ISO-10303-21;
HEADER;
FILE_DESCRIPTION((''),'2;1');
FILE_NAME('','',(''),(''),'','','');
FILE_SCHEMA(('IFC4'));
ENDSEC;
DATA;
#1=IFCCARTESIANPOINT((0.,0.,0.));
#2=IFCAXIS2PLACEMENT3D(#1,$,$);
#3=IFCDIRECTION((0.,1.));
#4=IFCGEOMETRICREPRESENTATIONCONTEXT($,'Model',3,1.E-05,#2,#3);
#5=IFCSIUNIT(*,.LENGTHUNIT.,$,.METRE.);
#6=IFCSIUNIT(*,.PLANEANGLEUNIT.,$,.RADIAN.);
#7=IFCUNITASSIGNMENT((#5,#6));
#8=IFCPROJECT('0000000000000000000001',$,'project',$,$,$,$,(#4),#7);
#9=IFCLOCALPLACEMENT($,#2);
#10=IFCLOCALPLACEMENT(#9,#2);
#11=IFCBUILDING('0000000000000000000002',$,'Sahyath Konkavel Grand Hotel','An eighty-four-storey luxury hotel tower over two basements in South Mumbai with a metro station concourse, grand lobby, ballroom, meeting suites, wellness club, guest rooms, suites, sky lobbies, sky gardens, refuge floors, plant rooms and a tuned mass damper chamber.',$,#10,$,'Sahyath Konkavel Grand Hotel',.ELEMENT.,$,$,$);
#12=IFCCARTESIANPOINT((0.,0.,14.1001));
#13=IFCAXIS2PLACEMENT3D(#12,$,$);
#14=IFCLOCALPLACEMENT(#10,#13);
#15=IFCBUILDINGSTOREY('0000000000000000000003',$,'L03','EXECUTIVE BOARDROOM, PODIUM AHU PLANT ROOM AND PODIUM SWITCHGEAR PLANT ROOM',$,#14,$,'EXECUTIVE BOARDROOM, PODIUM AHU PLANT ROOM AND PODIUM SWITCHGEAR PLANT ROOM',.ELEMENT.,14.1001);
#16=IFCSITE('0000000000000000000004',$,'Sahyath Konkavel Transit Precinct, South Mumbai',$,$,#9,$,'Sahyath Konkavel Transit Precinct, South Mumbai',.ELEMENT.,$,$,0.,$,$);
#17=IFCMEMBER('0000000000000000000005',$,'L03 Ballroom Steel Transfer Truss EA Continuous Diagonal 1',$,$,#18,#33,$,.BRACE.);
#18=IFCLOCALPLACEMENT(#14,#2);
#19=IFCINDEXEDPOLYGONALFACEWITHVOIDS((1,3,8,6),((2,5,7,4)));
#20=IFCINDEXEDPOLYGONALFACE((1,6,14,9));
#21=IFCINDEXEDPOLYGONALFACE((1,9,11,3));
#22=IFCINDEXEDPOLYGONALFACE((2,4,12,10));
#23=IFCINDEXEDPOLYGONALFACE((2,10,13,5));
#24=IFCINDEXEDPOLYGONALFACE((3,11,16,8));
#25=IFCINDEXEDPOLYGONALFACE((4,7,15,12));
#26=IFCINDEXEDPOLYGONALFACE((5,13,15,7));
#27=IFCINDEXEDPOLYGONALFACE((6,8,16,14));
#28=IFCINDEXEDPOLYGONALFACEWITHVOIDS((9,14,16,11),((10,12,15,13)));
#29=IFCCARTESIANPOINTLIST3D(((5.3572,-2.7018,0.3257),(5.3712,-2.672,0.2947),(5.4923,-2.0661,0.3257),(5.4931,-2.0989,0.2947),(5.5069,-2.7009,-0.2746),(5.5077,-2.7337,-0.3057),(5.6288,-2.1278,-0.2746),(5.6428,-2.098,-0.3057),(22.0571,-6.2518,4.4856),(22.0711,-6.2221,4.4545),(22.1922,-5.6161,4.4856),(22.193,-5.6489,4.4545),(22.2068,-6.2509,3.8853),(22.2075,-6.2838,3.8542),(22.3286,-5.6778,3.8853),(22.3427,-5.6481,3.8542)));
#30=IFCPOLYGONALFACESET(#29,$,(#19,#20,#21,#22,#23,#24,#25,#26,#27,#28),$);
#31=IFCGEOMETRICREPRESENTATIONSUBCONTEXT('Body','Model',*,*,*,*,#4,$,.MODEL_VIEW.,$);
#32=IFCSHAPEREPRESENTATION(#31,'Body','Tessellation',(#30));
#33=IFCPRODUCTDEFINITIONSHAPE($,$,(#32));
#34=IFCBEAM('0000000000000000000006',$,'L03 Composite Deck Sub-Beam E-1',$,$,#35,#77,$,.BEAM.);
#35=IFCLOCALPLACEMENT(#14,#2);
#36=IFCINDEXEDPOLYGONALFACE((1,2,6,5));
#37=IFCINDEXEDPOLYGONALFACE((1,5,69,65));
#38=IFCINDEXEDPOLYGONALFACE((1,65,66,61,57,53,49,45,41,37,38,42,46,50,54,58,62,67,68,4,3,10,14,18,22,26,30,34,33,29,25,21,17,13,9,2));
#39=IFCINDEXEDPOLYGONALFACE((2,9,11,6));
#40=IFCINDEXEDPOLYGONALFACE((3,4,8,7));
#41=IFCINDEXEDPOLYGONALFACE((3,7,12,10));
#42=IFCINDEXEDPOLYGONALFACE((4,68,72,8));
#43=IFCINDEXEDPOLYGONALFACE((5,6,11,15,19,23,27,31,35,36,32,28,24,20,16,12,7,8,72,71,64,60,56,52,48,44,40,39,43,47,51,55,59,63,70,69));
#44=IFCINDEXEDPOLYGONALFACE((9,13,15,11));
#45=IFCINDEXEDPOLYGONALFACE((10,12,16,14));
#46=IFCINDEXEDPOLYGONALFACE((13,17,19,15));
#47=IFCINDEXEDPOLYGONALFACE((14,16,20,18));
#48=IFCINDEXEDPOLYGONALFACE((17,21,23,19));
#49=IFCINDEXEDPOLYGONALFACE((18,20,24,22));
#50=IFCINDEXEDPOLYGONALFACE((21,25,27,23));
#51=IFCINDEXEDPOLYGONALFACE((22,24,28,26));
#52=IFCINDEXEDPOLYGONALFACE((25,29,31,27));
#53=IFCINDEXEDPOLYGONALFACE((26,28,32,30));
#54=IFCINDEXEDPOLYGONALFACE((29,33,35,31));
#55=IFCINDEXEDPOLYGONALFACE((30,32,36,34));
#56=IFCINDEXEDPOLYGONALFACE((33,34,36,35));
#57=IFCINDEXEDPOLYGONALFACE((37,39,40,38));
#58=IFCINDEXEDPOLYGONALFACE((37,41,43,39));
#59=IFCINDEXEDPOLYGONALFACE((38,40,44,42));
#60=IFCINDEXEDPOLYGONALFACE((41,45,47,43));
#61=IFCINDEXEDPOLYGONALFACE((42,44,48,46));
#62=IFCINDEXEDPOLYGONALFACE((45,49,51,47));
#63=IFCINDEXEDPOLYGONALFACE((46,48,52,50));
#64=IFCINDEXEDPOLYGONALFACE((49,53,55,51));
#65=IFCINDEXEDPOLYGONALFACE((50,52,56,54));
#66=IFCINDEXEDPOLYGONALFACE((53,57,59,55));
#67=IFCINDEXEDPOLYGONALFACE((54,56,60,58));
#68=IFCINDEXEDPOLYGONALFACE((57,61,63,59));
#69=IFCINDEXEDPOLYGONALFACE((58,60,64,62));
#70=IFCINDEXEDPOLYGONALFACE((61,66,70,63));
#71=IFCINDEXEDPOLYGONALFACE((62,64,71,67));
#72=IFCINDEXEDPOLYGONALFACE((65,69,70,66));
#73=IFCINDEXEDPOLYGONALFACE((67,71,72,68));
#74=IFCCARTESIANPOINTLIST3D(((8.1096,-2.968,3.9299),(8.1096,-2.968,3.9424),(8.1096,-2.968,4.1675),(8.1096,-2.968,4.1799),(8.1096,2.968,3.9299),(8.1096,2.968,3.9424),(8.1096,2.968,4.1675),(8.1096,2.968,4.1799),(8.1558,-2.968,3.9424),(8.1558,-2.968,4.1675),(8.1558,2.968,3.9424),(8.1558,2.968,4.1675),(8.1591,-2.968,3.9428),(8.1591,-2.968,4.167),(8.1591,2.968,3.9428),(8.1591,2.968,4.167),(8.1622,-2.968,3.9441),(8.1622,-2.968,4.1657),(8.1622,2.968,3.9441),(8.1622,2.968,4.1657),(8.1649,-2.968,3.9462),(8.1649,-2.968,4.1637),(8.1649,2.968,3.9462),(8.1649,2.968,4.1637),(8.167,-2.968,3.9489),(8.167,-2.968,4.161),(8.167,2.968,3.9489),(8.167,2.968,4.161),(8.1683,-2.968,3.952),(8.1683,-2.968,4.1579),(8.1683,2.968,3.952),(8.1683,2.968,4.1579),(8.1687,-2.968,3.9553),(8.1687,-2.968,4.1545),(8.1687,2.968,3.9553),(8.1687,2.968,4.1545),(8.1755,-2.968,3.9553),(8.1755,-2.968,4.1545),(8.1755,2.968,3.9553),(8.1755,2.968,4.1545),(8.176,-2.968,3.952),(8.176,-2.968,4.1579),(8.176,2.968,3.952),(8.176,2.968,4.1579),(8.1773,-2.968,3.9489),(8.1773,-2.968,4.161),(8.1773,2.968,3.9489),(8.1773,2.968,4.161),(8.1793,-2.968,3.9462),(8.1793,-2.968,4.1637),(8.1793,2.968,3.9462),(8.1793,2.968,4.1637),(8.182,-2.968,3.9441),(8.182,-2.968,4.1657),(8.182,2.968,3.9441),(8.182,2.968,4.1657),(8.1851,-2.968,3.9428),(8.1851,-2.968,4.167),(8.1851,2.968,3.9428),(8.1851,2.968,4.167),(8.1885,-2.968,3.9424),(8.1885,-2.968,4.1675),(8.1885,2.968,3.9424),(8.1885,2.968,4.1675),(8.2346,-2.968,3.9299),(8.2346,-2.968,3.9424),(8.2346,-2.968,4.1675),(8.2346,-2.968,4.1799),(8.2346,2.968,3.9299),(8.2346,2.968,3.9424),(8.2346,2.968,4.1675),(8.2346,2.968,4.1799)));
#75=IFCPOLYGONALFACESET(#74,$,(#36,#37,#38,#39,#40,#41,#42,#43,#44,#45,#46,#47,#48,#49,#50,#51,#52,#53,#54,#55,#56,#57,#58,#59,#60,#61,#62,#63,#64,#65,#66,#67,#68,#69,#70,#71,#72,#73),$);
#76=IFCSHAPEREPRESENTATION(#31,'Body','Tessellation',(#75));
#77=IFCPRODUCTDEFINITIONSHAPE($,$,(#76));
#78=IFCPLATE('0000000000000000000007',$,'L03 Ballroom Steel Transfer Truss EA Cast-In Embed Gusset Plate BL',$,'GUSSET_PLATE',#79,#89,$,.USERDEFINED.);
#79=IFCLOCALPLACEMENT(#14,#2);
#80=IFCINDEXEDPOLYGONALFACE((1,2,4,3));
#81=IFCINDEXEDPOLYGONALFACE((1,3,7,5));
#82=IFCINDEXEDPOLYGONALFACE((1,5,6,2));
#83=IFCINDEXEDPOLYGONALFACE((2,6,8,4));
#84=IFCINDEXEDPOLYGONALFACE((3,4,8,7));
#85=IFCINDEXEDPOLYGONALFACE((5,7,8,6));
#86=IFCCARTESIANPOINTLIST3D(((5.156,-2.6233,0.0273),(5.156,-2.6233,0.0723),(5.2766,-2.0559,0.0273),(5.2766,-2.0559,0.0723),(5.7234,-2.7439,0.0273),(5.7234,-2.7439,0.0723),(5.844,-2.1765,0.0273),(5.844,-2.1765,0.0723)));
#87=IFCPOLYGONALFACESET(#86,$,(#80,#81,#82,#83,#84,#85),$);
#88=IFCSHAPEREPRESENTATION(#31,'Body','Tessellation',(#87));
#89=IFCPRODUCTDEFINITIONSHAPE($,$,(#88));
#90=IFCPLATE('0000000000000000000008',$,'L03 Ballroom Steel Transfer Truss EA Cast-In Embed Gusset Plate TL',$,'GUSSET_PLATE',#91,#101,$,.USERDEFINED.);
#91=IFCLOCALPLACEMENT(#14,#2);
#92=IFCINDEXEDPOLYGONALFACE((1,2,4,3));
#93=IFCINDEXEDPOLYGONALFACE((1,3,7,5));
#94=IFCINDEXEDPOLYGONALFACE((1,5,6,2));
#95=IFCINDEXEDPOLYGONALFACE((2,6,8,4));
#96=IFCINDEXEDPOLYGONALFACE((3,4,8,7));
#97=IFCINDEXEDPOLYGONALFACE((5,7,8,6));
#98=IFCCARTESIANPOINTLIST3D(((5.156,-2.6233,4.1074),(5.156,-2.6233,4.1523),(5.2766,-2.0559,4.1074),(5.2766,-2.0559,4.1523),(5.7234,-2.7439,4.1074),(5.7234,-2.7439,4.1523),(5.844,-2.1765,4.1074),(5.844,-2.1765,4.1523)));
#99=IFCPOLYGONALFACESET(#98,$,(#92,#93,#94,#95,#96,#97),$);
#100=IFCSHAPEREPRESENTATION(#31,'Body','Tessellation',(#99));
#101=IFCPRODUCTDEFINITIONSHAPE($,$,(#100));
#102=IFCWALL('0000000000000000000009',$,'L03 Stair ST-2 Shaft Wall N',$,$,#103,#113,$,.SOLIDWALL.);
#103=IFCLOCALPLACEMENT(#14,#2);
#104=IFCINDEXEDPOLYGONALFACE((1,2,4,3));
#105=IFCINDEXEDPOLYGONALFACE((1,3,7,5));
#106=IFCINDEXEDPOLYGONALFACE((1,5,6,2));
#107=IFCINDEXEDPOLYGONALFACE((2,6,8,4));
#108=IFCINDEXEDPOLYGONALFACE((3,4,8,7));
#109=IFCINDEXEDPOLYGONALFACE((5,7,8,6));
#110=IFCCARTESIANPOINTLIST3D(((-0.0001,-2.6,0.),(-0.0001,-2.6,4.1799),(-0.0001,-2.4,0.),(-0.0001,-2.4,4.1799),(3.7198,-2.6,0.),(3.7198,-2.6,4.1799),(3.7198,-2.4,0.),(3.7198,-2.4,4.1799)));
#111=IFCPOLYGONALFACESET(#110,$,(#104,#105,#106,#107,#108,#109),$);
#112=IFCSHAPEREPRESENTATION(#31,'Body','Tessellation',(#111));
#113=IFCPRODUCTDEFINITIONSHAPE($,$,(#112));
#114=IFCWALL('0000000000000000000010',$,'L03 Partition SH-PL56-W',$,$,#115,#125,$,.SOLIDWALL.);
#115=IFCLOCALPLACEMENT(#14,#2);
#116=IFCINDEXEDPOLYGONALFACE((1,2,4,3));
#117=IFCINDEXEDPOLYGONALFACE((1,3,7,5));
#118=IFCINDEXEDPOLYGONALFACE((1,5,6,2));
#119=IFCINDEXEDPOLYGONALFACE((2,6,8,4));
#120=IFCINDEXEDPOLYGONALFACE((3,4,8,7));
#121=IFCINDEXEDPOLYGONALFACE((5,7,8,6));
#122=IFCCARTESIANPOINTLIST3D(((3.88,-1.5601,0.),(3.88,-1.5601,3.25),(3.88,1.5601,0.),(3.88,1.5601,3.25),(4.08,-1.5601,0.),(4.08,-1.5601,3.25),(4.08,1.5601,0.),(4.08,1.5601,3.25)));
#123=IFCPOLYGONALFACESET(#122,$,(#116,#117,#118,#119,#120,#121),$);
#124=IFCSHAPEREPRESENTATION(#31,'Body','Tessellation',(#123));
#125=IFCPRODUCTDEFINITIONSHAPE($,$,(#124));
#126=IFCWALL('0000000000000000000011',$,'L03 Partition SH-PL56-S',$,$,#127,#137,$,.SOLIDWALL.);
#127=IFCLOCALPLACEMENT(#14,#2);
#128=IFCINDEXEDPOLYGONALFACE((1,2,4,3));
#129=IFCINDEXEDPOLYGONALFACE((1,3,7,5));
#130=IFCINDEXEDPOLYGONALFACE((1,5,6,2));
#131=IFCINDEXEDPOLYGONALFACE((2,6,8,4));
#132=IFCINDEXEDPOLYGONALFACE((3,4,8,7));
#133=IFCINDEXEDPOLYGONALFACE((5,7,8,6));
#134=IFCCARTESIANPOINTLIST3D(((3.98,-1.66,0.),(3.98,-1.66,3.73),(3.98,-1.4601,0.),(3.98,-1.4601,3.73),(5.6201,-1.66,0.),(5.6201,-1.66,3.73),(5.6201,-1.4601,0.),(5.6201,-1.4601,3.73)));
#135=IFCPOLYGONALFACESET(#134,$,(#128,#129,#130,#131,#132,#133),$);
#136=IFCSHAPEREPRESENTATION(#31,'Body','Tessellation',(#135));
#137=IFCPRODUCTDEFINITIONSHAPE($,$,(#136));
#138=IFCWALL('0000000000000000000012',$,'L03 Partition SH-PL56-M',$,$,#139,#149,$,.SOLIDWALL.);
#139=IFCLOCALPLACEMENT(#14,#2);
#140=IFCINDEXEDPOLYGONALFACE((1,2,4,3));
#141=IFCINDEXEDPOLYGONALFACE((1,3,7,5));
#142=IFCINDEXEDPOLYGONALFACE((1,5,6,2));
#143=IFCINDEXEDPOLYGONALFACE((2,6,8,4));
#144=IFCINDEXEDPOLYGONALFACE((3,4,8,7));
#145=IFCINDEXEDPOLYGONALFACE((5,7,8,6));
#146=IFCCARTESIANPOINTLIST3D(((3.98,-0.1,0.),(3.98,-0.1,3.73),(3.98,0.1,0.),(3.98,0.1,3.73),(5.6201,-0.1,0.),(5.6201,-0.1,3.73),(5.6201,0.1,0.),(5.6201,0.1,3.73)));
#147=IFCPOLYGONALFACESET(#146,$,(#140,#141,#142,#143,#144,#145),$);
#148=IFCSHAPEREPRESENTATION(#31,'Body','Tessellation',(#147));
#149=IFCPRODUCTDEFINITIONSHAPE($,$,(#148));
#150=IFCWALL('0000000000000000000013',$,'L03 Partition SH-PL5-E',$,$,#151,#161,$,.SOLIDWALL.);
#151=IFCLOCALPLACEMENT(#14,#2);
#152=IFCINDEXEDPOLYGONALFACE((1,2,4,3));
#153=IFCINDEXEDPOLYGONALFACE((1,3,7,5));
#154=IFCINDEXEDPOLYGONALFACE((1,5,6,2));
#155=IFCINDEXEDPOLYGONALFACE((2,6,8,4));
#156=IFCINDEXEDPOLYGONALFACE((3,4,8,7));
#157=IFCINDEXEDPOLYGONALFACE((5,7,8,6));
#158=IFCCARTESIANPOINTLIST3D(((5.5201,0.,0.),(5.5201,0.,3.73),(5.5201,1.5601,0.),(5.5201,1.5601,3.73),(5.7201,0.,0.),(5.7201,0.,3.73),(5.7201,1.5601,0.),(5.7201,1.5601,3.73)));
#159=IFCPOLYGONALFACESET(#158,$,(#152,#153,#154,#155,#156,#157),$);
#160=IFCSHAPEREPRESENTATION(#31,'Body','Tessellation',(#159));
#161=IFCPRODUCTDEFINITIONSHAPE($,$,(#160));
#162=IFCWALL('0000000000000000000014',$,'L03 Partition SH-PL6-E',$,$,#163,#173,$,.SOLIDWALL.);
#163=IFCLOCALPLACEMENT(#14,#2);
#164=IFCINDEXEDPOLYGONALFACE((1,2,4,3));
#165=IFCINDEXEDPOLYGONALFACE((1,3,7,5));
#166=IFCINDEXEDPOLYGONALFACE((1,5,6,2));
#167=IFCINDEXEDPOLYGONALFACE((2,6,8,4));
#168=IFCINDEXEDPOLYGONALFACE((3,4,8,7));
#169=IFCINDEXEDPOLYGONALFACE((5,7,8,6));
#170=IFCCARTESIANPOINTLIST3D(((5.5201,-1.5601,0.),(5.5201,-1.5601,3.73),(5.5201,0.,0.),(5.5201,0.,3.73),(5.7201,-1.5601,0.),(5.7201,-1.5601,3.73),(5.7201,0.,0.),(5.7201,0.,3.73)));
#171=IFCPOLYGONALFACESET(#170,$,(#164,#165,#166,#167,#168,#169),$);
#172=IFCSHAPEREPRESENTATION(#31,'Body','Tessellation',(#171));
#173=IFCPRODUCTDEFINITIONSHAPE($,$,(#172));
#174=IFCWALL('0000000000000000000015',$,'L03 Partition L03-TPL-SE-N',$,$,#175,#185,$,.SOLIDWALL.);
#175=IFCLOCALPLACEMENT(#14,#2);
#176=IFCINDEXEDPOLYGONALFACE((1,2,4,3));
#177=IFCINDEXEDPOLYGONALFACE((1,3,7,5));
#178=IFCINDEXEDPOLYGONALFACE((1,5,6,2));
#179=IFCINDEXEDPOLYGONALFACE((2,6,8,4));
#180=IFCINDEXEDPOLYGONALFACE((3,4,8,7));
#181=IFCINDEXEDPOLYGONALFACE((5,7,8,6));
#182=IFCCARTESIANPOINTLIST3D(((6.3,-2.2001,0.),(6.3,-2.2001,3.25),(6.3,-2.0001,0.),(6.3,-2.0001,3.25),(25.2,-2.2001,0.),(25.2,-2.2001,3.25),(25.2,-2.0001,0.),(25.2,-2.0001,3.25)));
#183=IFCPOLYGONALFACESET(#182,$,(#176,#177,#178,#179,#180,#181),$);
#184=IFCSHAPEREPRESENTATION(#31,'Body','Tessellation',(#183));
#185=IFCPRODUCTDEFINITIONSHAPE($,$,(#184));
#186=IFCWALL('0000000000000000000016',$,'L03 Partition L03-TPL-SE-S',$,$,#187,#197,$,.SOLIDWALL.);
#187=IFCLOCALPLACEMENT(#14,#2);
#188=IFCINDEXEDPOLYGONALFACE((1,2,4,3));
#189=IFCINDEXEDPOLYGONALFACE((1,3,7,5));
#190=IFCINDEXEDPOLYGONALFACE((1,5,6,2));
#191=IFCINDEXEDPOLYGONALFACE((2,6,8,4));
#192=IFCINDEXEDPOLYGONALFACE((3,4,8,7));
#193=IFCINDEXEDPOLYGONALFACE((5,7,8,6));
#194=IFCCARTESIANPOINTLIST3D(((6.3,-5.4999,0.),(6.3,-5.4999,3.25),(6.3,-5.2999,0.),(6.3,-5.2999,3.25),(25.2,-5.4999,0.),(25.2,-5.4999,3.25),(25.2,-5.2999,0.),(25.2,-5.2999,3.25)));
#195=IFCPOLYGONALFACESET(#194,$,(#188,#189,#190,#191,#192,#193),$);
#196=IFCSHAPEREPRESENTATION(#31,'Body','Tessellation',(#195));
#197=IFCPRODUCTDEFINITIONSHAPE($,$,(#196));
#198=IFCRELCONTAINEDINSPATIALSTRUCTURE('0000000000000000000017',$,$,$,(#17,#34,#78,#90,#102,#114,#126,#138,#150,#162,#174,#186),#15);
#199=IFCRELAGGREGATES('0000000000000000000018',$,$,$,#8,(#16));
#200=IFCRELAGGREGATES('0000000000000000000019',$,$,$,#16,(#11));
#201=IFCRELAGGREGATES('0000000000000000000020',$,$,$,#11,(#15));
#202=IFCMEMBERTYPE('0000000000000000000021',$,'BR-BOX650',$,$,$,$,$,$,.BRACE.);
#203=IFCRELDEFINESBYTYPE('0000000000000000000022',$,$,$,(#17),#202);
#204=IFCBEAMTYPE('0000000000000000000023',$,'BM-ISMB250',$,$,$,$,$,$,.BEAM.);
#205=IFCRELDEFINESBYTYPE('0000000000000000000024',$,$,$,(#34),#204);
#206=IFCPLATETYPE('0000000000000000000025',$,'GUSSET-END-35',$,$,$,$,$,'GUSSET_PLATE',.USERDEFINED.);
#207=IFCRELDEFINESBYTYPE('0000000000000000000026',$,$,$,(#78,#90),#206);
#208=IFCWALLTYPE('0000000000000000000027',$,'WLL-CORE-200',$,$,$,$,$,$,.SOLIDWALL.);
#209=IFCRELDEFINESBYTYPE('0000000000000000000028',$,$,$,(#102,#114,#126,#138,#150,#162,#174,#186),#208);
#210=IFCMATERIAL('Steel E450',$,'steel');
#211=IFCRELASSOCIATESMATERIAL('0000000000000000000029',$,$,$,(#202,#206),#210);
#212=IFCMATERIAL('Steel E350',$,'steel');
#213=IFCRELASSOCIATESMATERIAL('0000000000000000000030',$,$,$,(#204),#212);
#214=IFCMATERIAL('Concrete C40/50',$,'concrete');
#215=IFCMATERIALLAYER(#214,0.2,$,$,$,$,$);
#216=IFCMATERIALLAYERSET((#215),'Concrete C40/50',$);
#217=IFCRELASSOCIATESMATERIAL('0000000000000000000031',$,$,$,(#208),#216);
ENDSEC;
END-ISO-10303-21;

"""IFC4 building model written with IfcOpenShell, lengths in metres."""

from ifc_helpers import new_model, si_unit, direction, frame, frame_2d, origin, origin_2d, place, context, subcontext, project, spatial, rectangle, hollow_rectangle, i_section, extrude, source, transform, mapped, material, layer, layer_set, material_profile, profile_set, type_object, element, save


model = new_model("IFC4")

# Units and contexts
model_context = context("Model", 3, precision=1e-05, world=origin(), true_north=direction((0.0, 1.0)))
body_context = subcontext(model_context, "Body", "Model", "MODEL_VIEW")
ifc_project = project(units=[si_unit("LENGTHUNIT", "METRE"), si_unit("PLANEANGLEUNIT", "RADIAN")], contexts=[model_context])

# Site, building, storey
site_placement = place(None, origin())
site = spatial("IfcSite", under=ifc_project, at=site_placement, Name="Sahyath Konkavel Transit Precinct, South Mumbai", LongName="Sahyath Konkavel Transit Precinct, South Mumbai", CompositionType="ELEMENT", RefElevation=0.0)
building_placement = place(site_placement, origin())
building = spatial("IfcBuilding", under=site, at=building_placement, Name="Sahyath Konkavel Grand Hotel", Description="An eighty-four-storey luxury hotel tower over two basements in South Mumbai with a metro station concourse, grand lobby, ballroom, meeting suites, wellness club, guest rooms, suites, sky lobbies, sky gardens, refuge floors, plant rooms and a tuned mass damper chamber.", LongName="Sahyath Konkavel Grand Hotel", CompositionType="ELEMENT")
storey_placement = place(building_placement, frame((0.0, 0.0, 14.1001)))
storey = spatial("IfcBuildingStorey", under=building, at=storey_placement, Name="L03", Description="EXECUTIVE BOARDROOM, PODIUM AHU PLANT ROOM AND PODIUM SWITCHGEAR PLANT ROOM", LongName="EXECUTIVE BOARDROOM, PODIUM AHU PLANT ROOM AND PODIUM SWITCHGEAR PLANT ROOM", CompositionType="ELEMENT", Elevation=14.1001)

# Shared definitions
ifc_material_1 = material(Name="Steel E350", Category="steel")
ifc_material_2 = material(Name="Steel E450", Category="steel")

# Member
ifc_material_profile_1 = material_profile(ifc_material_2, hollow_rectangle(XDim=0.6499, YDim=0.6499, WallThickness=0.032, at=origin_2d()), Name="BOX 650x650x32")
ifc_profile_set_1 = profile_set([ifc_material_profile_1], Name="Steel E450")
member_type = type_object("IfcMemberType", Name="BR-BOX650", PredefinedType="BRACE", material=ifc_profile_set_1)
shared_shape_1 = source(origin(), body_context, "Body", "SweptSolid", [
    extrude(hollow_rectangle(XDim=0.6499, YDim=0.6499, WallThickness=0.032, at=origin_2d()), origin(), (0.0, 0.0, 1.0), 17.5725),
])
member_placement = place(storey_placement, frame((5.5, -2.3999, 0.01), z_axis=(0.950341, -0.202022, 0.236727), x_axis=(0.207932, 0.978143, 0.0)))
element("IfcMember", 1, at=member_placement, inside=storey, type_object=member_type, Name="L03 Ballroom Steel Transfer Truss EA Continuous Diagonal 1", PredefinedType="BRACE", context=body_context, shape_type="MappedRepresentation", body=[
    mapped(shared_shape_1, transform((0.0, 0.0, 0.0), scale=1.0)),
])

# Beam
ifc_material_profile_2 = material_profile(ifc_material_1, i_section(OverallWidth=0.125, OverallDepth=0.25, WebThickness=0.0068, FlangeThickness=0.0125, FilletRadius=0.0129, at=origin_2d()), Name="ISMB 250")
ifc_profile_set_2 = profile_set([ifc_material_profile_2], Name="Steel E350")
beam_type_1 = type_object("IfcBeamType", Name="BM-ISMB250", PredefinedType="BEAM", material=ifc_profile_set_2)
shared_shape_2 = source(origin(), body_context, "Body", "SweptSolid", [
    extrude(i_section(OverallWidth=0.125, OverallDepth=0.25, WebThickness=0.0068, FlangeThickness=0.0125, FilletRadius=0.0129, at=origin_2d()), origin(), (0.0, 0.0, 1.0), 5.936),
])
beam_1_placement = place(storey_placement, frame((8.1721, -2.968, 4.0549), z_axis=(0.0, 1.0, 0.0), x_axis=(-1.0, 0.0, 0.0)))
element("IfcBeam", 2, at=beam_1_placement, inside=storey, type_object=beam_type_1, Name="L03 Composite Deck Sub-Beam E-1", PredefinedType="BEAM", context=body_context, shape_type="MappedRepresentation", body=[
    mapped(shared_shape_2, transform((0.0, 0.0, 0.0), scale=1.0)),
])

# Plates
plate_type = type_object("IfcPlateType", Name="GUSSET-END-35", ElementType="GUSSET_PLATE", PredefinedType="USERDEFINED", material=ifc_material_2)
shared_shape_3 = source(origin(), body_context, "Body", "SweptSolid", [
    extrude(rectangle(XDim=0.5801, YDim=0.5801, at=origin_2d()), origin(), (0.0, 0.0, 1.0), 0.0449),
])
for number, where, z_axis, x_axis, name in (
    (3, (5.5, -2.3999, 0.0273), (0.0, 0.0, 1.0), (0.978144, -0.207929, 0.0), "L03 Ballroom Steel Transfer Truss EA Cast-In Embed Gusset Plate BL"),
    (4, (5.5, -2.3999, 4.1074), (0.0, 0.0, 1.0), (0.978144, -0.207929, 0.0), "L03 Ballroom Steel Transfer Truss EA Cast-In Embed Gusset Plate TL"),
):
    element("IfcPlate", number, at=place(storey_placement, frame(where, z_axis=z_axis, x_axis=x_axis)), inside=storey, type_object=plate_type, Name=name, ObjectType="GUSSET_PLATE", PredefinedType="USERDEFINED", context=body_context, shape_type="MappedRepresentation", body=[
        mapped(shared_shape_3, transform((0.0, 0.0, 0.0), scale=1.0)),
    ])

# Walls
ifc_material_3 = material(Name="Concrete C40/50", Category="concrete")
ifc_layer = layer(ifc_material_3, 0.2)
ifc_layer_set = layer_set([ifc_layer], Name="Concrete C40/50")
wall_type = type_object("IfcWallType", Name="WLL-CORE-200", PredefinedType="SOLIDWALL", material=ifc_layer_set)
wall_1_placement = place(storey_placement, frame((0.0, -2.5, 0.0), z_axis=(0.0, 0.0, 1.0), x_axis=(1.0, 0.0, 0.0)))
element("IfcWall", 5, at=wall_1_placement, inside=storey, type_object=wall_type, Name="L03 Stair ST-2 Shaft Wall N", PredefinedType="SOLIDWALL", context=body_context, shape_type="SweptSolid", body=[
    extrude(rectangle(XDim=3.72, YDim=0.2, at=frame_2d((1.8599, 0.0))), origin(), (0.0, 0.0, 1.0), 4.1799),
])
wall_2_placement = place(storey_placement, frame((3.98, -1.5601, 0.0), z_axis=(0.0, 0.0, 1.0), x_axis=(0.0, 1.0, 0.0)))
element("IfcWall", 6, at=wall_2_placement, inside=storey, type_object=wall_type, Name="L03 Partition SH-PL56-W", PredefinedType="SOLIDWALL", context=body_context, shape_type="SweptSolid", body=[
    extrude(rectangle(XDim=3.1201, YDim=0.2, at=frame_2d((1.5601, 0.0))), origin(), (0.0, 0.0, 1.0), 3.25),
])
for number, where, z_axis, x_axis, name in (
    (7, (3.98, -1.5601, 0.0), (0.0, 0.0, 1.0), (1.0, 0.0, 0.0), "L03 Partition SH-PL56-S"),
    (8, (3.98, 0.0, 0.0), (0.0, 0.0, 1.0), (1.0, 0.0, 0.0), "L03 Partition SH-PL56-M"),
):
    element("IfcWall", number, at=place(storey_placement, frame(where, z_axis=z_axis, x_axis=x_axis)), inside=storey, type_object=wall_type, Name=name, PredefinedType="SOLIDWALL", context=body_context, shape_type="SweptSolid", body=[
        extrude(rectangle(XDim=1.6401, YDim=0.2, at=frame_2d((0.8201, 0.0))), origin(), (0.0, 0.0, 1.0), 3.73),
    ])
for number, where, z_axis, x_axis, name in (
    (9, (5.6201, 0.0, 0.0), (0.0, 0.0, 1.0), (0.0, 1.0, 0.0), "L03 Partition SH-PL5-E"),
    (10, (5.6201, -1.5601, 0.0), (0.0, 0.0, 1.0), (0.0, 1.0, 0.0), "L03 Partition SH-PL6-E"),
):
    element("IfcWall", number, at=place(storey_placement, frame(where, z_axis=z_axis, x_axis=x_axis)), inside=storey, type_object=wall_type, Name=name, PredefinedType="SOLIDWALL", context=body_context, shape_type="SweptSolid", body=[
        extrude(rectangle(XDim=1.5601, YDim=0.2, at=frame_2d((0.78, 0.0))), origin(), (0.0, 0.0, 1.0), 3.73),
    ])
for number, where, z_axis, x_axis, name in (
    (11, (6.3, -2.1001, 0.0), (0.0, 0.0, 1.0), (1.0, 0.0, 0.0), "L03 Partition L03-TPL-SE-N"),
    (12, (6.3, -5.3999, 0.0), (0.0, 0.0, 1.0), (1.0, 0.0, 0.0), "L03 Partition L03-TPL-SE-S"),
):
    element("IfcWall", number, at=place(storey_placement, frame(where, z_axis=z_axis, x_axis=x_axis)), inside=storey, type_object=wall_type, Name=name, PredefinedType="SOLIDWALL", context=body_context, shape_type="SweptSolid", body=[
        extrude(rectangle(XDim=18.8999, YDim=0.2, at=frame_2d((9.45, 0.0))), origin(), (0.0, 0.0, 1.0), 3.25),
    ])

save(model, "model.ifc")
